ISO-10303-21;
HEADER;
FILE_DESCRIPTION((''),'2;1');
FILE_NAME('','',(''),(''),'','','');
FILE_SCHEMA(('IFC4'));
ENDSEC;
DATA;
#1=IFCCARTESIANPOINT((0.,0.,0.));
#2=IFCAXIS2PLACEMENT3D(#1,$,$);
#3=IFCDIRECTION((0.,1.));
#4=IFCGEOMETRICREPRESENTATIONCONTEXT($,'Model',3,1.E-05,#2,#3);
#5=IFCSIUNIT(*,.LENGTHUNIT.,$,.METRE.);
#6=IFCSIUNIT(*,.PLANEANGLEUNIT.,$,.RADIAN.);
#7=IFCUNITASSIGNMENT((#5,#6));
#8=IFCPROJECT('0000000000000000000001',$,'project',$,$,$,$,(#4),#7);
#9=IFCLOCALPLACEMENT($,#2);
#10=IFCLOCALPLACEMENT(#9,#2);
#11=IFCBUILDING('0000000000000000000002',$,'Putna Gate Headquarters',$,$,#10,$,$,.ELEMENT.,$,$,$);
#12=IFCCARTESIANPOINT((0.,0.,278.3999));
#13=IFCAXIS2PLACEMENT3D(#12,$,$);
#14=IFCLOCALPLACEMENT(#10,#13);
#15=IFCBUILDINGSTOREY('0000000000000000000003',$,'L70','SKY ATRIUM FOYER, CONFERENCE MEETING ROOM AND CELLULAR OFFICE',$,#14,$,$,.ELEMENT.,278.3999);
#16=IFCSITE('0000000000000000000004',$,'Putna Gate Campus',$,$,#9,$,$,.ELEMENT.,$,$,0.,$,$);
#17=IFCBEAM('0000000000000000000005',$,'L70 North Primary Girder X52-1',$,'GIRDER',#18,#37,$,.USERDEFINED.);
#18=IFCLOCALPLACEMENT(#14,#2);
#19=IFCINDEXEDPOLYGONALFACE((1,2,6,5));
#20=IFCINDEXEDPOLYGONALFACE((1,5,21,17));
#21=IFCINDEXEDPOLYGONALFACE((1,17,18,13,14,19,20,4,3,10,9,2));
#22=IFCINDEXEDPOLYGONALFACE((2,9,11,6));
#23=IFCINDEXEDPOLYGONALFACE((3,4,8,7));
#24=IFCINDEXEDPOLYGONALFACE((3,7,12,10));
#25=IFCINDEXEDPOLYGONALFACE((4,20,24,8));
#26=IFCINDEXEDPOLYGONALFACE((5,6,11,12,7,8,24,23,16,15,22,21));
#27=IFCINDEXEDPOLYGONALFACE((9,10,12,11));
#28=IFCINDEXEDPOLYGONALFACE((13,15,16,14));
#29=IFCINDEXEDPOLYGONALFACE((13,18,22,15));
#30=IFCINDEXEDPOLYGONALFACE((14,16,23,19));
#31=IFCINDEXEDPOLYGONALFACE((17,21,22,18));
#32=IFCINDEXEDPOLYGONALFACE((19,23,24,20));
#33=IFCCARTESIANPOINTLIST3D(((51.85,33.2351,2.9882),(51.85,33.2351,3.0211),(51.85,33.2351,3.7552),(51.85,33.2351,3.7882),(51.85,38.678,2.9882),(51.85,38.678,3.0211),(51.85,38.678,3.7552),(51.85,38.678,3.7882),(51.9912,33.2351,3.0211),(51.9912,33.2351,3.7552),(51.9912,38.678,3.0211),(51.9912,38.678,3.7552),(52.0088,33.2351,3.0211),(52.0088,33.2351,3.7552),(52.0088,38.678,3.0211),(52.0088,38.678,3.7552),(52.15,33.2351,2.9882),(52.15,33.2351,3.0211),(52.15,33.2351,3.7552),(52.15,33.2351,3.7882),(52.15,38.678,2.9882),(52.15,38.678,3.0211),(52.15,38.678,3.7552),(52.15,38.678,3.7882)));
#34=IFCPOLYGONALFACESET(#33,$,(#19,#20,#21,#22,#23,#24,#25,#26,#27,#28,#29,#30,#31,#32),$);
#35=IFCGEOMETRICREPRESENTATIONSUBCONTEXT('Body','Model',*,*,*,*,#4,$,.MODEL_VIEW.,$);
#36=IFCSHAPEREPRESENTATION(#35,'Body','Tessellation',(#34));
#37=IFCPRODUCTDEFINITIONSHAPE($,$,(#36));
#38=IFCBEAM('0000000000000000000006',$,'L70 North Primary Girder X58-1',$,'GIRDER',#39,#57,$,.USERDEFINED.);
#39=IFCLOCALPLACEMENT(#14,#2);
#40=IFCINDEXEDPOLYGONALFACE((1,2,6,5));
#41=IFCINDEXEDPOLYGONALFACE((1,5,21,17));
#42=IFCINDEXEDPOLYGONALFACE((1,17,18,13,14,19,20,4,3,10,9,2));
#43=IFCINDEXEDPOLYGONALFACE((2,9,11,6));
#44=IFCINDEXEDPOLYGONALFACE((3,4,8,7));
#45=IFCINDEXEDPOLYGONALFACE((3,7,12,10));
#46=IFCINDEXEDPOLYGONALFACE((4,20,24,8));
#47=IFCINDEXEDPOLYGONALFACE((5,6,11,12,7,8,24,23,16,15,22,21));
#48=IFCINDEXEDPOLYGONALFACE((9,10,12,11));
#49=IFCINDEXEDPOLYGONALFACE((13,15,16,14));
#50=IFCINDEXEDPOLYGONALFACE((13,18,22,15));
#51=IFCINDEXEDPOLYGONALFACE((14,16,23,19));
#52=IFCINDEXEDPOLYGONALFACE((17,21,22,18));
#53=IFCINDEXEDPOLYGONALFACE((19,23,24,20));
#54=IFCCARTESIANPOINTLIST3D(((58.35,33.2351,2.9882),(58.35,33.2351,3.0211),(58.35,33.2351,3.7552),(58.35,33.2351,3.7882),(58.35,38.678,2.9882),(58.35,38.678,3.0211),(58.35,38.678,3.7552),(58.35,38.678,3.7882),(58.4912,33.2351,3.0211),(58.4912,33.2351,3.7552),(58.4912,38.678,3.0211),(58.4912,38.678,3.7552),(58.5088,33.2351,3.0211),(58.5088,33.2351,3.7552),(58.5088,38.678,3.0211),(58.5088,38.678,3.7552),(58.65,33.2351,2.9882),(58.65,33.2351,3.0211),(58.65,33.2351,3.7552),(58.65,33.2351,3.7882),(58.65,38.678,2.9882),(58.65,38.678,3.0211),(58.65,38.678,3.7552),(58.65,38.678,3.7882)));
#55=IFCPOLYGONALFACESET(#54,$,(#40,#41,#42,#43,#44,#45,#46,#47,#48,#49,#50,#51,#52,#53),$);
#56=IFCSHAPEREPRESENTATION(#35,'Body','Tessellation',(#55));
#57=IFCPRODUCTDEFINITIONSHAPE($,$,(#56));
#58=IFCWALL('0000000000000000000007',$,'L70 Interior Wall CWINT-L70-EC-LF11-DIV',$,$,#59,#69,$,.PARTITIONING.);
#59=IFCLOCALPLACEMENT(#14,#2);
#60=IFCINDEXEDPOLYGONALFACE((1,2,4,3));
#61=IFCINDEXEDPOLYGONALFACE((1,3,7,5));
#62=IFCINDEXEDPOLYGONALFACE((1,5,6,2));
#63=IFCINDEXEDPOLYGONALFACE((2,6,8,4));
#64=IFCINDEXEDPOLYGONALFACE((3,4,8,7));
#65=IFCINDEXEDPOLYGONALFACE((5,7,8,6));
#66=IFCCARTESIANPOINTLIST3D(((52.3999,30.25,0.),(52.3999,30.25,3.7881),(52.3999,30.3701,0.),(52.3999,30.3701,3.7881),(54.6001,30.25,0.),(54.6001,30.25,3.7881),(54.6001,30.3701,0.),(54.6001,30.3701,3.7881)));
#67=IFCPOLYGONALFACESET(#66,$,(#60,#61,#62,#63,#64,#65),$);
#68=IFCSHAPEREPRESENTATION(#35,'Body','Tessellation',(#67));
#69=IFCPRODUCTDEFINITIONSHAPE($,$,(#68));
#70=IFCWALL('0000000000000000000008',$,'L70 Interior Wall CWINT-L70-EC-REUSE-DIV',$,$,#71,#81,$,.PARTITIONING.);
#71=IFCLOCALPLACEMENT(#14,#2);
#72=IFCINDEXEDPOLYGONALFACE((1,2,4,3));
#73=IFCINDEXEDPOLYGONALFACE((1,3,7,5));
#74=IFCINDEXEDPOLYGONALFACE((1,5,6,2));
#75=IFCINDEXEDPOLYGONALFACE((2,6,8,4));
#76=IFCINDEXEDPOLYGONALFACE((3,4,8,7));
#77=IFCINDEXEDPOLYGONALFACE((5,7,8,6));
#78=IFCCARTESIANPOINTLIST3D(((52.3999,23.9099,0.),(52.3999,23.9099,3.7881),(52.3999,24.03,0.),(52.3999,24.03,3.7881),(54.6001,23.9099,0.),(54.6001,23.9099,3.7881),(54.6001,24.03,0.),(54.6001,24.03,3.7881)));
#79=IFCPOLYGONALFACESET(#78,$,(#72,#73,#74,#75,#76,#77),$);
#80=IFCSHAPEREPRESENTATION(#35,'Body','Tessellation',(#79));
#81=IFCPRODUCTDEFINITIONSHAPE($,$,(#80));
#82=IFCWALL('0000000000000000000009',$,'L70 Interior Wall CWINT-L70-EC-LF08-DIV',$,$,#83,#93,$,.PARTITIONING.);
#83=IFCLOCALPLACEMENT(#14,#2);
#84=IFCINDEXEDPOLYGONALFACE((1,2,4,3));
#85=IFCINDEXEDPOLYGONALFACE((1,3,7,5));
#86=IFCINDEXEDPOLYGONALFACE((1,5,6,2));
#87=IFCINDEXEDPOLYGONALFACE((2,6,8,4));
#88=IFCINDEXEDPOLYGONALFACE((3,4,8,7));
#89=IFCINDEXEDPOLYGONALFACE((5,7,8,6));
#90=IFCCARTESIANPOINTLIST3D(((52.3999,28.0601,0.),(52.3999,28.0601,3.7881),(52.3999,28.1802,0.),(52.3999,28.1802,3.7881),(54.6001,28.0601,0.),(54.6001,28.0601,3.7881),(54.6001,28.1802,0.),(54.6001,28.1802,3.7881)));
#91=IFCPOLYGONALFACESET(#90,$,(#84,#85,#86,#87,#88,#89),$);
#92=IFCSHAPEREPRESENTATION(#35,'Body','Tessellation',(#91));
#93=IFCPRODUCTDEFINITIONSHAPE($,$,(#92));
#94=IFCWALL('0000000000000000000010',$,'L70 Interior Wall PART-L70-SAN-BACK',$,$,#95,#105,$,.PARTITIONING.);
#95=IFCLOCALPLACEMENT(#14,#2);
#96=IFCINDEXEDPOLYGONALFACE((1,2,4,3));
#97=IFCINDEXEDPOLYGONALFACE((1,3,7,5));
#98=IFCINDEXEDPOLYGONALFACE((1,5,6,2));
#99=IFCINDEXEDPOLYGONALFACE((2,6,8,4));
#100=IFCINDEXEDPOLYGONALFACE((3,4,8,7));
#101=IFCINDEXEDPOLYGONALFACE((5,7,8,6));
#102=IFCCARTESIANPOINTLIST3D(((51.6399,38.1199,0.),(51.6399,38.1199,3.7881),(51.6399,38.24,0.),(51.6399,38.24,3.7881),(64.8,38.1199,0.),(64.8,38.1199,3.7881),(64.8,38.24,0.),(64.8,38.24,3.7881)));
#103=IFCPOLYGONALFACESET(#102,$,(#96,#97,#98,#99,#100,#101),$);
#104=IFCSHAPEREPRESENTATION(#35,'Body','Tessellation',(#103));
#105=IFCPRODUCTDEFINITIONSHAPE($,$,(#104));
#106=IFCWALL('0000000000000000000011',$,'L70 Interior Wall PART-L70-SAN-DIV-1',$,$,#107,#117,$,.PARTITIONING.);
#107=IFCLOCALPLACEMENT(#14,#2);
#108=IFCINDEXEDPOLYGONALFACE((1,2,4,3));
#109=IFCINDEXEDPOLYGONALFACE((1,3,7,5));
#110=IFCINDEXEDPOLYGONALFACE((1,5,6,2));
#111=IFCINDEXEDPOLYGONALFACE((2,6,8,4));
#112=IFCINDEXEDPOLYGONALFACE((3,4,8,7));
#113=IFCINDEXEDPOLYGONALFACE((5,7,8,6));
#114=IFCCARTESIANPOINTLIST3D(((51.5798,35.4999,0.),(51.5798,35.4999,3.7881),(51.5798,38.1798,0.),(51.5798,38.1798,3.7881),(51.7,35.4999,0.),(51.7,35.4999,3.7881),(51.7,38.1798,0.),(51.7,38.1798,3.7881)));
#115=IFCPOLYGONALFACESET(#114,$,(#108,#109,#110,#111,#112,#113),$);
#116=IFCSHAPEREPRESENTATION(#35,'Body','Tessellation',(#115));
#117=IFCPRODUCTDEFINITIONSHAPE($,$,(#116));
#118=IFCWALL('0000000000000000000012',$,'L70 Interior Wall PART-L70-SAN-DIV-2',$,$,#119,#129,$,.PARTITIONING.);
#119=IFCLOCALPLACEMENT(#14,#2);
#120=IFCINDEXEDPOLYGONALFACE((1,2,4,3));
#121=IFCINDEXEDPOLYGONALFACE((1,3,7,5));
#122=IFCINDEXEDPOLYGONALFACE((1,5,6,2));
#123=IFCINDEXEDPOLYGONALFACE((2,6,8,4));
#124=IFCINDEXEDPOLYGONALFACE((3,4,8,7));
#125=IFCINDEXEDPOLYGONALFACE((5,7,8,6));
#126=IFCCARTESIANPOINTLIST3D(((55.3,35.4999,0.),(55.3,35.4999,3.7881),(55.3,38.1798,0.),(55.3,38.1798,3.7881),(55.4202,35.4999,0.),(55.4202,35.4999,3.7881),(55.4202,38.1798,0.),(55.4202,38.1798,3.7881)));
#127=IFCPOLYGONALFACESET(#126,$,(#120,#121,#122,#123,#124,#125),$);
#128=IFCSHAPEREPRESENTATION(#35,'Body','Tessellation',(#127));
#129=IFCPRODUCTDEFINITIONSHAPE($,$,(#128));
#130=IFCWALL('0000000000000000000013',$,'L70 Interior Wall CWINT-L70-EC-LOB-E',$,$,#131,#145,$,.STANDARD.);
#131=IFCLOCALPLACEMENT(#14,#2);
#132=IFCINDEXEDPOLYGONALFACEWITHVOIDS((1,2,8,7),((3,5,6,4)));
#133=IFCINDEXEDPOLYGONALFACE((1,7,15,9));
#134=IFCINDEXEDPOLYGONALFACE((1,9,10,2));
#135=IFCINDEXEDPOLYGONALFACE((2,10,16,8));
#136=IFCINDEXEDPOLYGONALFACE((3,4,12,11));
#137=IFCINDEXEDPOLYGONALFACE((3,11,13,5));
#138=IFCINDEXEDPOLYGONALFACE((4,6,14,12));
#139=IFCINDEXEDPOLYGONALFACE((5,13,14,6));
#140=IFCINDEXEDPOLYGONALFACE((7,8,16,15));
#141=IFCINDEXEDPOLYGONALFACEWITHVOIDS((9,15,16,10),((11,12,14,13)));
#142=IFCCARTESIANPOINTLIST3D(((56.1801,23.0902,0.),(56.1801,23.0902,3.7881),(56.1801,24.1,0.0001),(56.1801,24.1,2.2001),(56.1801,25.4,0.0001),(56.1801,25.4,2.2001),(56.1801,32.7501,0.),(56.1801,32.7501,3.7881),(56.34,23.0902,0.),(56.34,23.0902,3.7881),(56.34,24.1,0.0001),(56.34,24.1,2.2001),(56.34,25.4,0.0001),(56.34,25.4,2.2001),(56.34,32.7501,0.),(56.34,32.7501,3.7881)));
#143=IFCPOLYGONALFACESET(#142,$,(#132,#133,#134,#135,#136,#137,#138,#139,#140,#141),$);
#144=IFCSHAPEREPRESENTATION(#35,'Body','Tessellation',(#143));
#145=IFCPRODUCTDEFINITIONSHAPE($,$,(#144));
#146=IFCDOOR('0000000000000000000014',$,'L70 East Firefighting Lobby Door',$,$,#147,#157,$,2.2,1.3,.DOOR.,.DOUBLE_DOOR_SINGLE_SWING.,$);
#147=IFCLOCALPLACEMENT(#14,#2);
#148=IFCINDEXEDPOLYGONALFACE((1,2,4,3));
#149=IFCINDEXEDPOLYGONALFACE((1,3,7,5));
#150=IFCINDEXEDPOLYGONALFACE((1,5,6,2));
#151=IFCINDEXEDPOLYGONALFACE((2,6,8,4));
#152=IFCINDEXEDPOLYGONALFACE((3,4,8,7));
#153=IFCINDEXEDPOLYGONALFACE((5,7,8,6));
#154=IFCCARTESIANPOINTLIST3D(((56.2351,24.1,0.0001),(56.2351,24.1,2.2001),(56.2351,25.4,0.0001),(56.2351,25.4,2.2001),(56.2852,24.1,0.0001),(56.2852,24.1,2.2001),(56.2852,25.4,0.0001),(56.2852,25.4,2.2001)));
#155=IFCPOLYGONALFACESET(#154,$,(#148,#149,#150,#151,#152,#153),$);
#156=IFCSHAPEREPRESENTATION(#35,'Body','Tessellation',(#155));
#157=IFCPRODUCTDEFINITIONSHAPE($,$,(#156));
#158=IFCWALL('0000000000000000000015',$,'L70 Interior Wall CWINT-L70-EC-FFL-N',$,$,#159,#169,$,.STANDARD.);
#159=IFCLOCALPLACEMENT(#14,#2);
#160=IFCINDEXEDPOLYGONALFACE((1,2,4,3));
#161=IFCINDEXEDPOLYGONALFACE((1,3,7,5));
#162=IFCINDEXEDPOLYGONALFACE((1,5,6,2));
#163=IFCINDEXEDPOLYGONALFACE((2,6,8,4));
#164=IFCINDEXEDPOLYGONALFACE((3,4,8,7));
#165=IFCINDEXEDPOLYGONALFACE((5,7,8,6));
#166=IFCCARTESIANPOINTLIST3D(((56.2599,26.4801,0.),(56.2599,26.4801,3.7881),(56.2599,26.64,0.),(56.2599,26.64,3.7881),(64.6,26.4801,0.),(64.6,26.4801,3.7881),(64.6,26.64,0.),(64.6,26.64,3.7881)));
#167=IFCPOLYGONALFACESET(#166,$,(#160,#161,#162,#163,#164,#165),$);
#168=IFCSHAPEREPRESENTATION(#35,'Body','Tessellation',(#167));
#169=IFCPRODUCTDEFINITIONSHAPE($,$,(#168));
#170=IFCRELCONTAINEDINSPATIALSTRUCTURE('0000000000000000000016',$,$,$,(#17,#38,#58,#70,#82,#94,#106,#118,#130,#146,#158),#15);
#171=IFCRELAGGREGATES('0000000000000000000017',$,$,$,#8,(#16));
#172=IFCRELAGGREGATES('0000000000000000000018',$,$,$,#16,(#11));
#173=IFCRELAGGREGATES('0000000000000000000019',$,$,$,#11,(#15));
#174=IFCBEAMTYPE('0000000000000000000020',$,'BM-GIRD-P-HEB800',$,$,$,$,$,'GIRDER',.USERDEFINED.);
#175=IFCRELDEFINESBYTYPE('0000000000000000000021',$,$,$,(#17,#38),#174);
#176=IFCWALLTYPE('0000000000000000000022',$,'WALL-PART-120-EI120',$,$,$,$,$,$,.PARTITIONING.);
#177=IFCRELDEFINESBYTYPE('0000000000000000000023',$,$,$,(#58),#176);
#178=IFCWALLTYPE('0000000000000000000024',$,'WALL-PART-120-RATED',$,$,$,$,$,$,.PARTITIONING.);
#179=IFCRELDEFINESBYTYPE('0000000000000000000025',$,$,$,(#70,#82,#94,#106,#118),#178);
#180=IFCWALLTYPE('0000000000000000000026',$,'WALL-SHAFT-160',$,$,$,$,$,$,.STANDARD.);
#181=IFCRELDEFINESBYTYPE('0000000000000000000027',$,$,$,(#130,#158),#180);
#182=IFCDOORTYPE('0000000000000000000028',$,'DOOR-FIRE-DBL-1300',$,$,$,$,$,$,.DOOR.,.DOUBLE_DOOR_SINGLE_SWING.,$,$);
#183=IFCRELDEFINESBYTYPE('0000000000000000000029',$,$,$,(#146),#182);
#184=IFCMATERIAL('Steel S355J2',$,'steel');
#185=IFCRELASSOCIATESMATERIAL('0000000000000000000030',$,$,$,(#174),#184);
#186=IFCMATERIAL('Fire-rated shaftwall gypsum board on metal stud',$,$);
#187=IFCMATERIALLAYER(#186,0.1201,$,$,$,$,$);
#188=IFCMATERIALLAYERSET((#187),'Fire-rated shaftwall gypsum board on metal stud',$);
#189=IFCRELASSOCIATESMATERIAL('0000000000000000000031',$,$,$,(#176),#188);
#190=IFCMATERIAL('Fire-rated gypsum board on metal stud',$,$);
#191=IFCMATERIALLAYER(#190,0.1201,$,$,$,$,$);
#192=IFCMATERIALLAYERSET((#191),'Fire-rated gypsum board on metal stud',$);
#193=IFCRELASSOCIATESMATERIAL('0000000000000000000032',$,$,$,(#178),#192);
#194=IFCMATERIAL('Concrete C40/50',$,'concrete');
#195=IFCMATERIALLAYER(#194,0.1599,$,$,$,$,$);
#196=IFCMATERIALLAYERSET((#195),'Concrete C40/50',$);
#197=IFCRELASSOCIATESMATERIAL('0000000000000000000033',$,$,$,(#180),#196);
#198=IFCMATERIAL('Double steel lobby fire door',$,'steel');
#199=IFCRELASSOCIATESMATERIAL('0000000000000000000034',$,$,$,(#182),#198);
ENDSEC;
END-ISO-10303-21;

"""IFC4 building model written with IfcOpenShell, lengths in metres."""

from ifc_helpers import new_model, si_unit, direction, frame, frame_2d, origin, origin_2d, place, context, subcontext, project, spatial, rectangle, i_section, extrude, material, layer, layer_set, material_profile, profile_set, type_object, element, fill, save


model = new_model("IFC4")

# Units and contexts
model_context = context("Model", 3, precision=1e-05, world=origin(), true_north=direction((0.0, 1.0)))
body_context = subcontext(model_context, "Body", "Model", "MODEL_VIEW")
ifc_project = project(units=[si_unit("LENGTHUNIT", "METRE"), si_unit("PLANEANGLEUNIT", "RADIAN")], contexts=[model_context])

# Site, building, storey
site_placement = place(None, origin())
site = spatial("IfcSite", under=ifc_project, at=site_placement, Name="Putna Gate Campus", CompositionType="ELEMENT", RefElevation=0.0)
building_placement = place(site_placement, origin())
building = spatial("IfcBuilding", under=site, at=building_placement, Name="Putna Gate Headquarters", CompositionType="ELEMENT")
storey_placement = place(building_placement, frame((0.0, 0.0, 278.3999)))
storey = spatial("IfcBuildingStorey", under=building, at=storey_placement, Name="L70", Description="SKY ATRIUM FOYER, CONFERENCE MEETING ROOM AND CELLULAR OFFICE", CompositionType="ELEMENT", Elevation=278.3999)

# Beams
ifc_material_1 = material(Name="Steel S355J2", Category="steel")
ifc_material_profile = material_profile(ifc_material_1, i_section(OverallWidth=0.3, OverallDepth=0.8, WebThickness=0.0176, FlangeThickness=0.033, at=origin_2d()), Name="Steel S355J2")
ifc_profile_set = profile_set([ifc_material_profile], Name="Steel S355J2")
beam_type = type_object("IfcBeamType", Name="BM-GIRD-P-HEB800", ElementType="GIRDER", PredefinedType="USERDEFINED", material=ifc_profile_set)
for number, where, z_axis, x_axis, name in (
    (1, (52.0, 33.2351, 3.3882), (0.0, 1.0, 0.0), (-1.0, 0.0, 0.0), "L70 North Primary Girder X52-1"),
    (2, (58.5, 33.2351, 3.3882), (0.0, 1.0, 0.0), (-1.0, 0.0, 0.0), "L70 North Primary Girder X58-1"),
):
    element("IfcBeam", number, at=place(storey_placement, frame(where, z_axis=z_axis, x_axis=x_axis)), inside=storey, type_object=beam_type, Name=name, ObjectType="GIRDER", PredefinedType="USERDEFINED", context=body_context, shape_type="SweptSolid", body=[
        extrude(i_section(OverallWidth=0.3, OverallDepth=0.8, WebThickness=0.0176, FlangeThickness=0.033, at=origin_2d()), origin(), (0.0, 0.0, 1.0), 5.4429),
    ])

# Walls
ifc_material_2 = material(Name="Fire-rated shaftwall gypsum board on metal stud")
ifc_layer_1 = layer(ifc_material_2, 0.1201)
ifc_layer_set_1 = layer_set([ifc_layer_1], Name="Fire-rated shaftwall gypsum board on metal stud")
wall_type_1 = type_object("IfcWallType", Name="WALL-PART-120-EI120", PredefinedType="PARTITIONING", material=ifc_layer_set_1)
wall_1_placement = place(storey_placement, frame((52.3999, 30.3101, 0.0), z_axis=(0.0, 0.0, 1.0), x_axis=(1.0, 0.0, 0.0)))
element("IfcWall", 3, at=wall_1_placement, inside=storey, type_object=wall_type_1, Name="L70 Interior Wall CWINT-L70-EC-LF11-DIV", PredefinedType="PARTITIONING", context=body_context, shape_type="SweptSolid", body=[
    extrude(rectangle(XDim=2.2002, YDim=0.1201, at=frame_2d((1.1001, 0.0))), origin(), (0.0, 0.0, 1.0), 3.7881),
])
ifc_material_3 = material(Name="Fire-rated gypsum board on metal stud")
ifc_layer_2 = layer(ifc_material_3, 0.1201)
ifc_layer_set_2 = layer_set([ifc_layer_2], Name="Fire-rated gypsum board on metal stud")
wall_type_2 = type_object("IfcWallType", Name="WALL-PART-120-RATED", PredefinedType="PARTITIONING", material=ifc_layer_set_2)
for number, where, z_axis, x_axis, name in (
    (4, (52.3999, 23.97, 0.0), (0.0, 0.0, 1.0), (1.0, 0.0, 0.0), "L70 Interior Wall CWINT-L70-EC-REUSE-DIV"),
    (5, (52.3999, 28.1201, 0.0), (0.0, 0.0, 1.0), (1.0, 0.0, 0.0), "L70 Interior Wall CWINT-L70-EC-LF08-DIV"),
):
    element("IfcWall", number, at=place(storey_placement, frame(where, z_axis=z_axis, x_axis=x_axis)), inside=storey, type_object=wall_type_2, Name=name, PredefinedType="PARTITIONING", context=body_context, shape_type="SweptSolid", body=[
        extrude(rectangle(XDim=2.2002, YDim=0.1201, at=frame_2d((1.1001, 0.0))), origin(), (0.0, 0.0, 1.0), 3.7881),
    ])
wall_2_placement = place(storey_placement, frame((51.6399, 38.1799, 0.0), z_axis=(0.0, 0.0, 1.0), x_axis=(1.0, 0.0, 0.0)))
element("IfcWall", 6, at=wall_2_placement, inside=storey, type_object=wall_type_2, Name="L70 Interior Wall PART-L70-SAN-BACK", PredefinedType="PARTITIONING", context=body_context, shape_type="SweptSolid", body=[
    extrude(rectangle(XDim=13.1602, YDim=0.1201, at=frame_2d((6.5801, 0.0))), origin(), (0.0, 0.0, 1.0), 3.7881),
])
for number, where, z_axis, x_axis, name in (
    (7, (51.6399, 35.5, 0.0), (0.0, 0.0, 1.0), (0.0, 1.0, 0.0), "L70 Interior Wall PART-L70-SAN-DIV-1"),
    (8, (55.3601, 35.5, 0.0), (0.0, 0.0, 1.0), (0.0, 1.0, 0.0), "L70 Interior Wall PART-L70-SAN-DIV-2"),
):
    element("IfcWall", number, at=place(storey_placement, frame(where, z_axis=z_axis, x_axis=x_axis)), inside=storey, type_object=wall_type_2, Name=name, PredefinedType="PARTITIONING", context=body_context, shape_type="SweptSolid", body=[
        extrude(rectangle(XDim=2.6799, YDim=0.1201, at=frame_2d((1.3398, 0.0))), origin(), (0.0, 0.0, 1.0), 3.7881),
    ])

# Wall, opening, door
ifc_material_4 = material(Name="Concrete C40/50", Category="concrete")
ifc_layer_3 = layer(ifc_material_4, 0.1599)
ifc_layer_set_3 = layer_set([ifc_layer_3], Name="Concrete C40/50")
wall_type_3 = type_object("IfcWallType", Name="WALL-SHAFT-160", PredefinedType="STANDARD", material=ifc_layer_set_3)
wall_3_placement = place(storey_placement, frame((56.26, 23.0901, 0.0), z_axis=(0.0, 0.0, 1.0), x_axis=(0.0, 1.0, 0.0)))
wall_3 = element("IfcWall", 9, at=wall_3_placement, inside=storey, type_object=wall_type_3, Name="L70 Interior Wall CWINT-L70-EC-LOB-E", PredefinedType="STANDARD", context=body_context, shape_type="SweptSolid", body=[
    extrude(rectangle(XDim=9.6599, YDim=0.1599, at=frame_2d((4.8301, 0.0))), origin(), (0.0, 0.0, 1.0), 3.7881),
])
opening_1_placement = place(wall_3_placement, frame((1.01, 0.0, 0.0)))
opening_1 = element("IfcOpeningElement", 10, at=opening_1_placement, cuts=wall_3, PredefinedType="OPENING", context=body_context, shape_type="SweptSolid", body=[
    extrude(rectangle(XDim=1.3, YDim=2.2, at=frame_2d((0.6499, 1.1001))), frame((0.0, 0.0898, 0.0), z_axis=(0.0, -1.0, 0.0), x_axis=(1.0, 0.0, 0.0)), (0.0, 0.0, 1.0), 0.1799),
])
ifc_material_5 = material(Name="Double steel lobby fire door", Category="steel")
door_type_1 = type_object("IfcDoorType", Name="DOOR-FIRE-DBL-1300", OperationType="DOUBLE_DOOR_SINGLE_SWING", PredefinedType="DOOR", material=ifc_material_5)
door_1_placement = place(opening_1_placement, origin())
door_1 = element("IfcDoor", 11, at=door_1_placement, inside=storey, type_object=door_type_1, Name="L70 East Firefighting Lobby Door", OperationType="DOUBLE_DOOR_SINGLE_SWING", OverallHeight=2.2, OverallWidth=1.3, PredefinedType="DOOR", context=body_context, shape_type="SweptSolid", body=[
    extrude(rectangle(XDim=1.3, YDim=2.2, at=frame_2d((0.6499, 1.1001))), frame((0.0, 0.0249, 0.0), z_axis=(0.0, -1.0, 0.0), x_axis=(1.0, 0.0, 0.0)), (0.0, 0.0, 1.0), 0.05),
])
fill(opening_1, door_1)

# Wall
wall_4_placement = place(storey_placement, frame((56.26, 26.5601, 0.0), z_axis=(0.0, 0.0, 1.0), x_axis=(1.0, 0.0, 0.0)))
element("IfcWall", 12, at=wall_4_placement, inside=storey, type_object=wall_type_3, Name="L70 Interior Wall CWINT-L70-EC-FFL-N", PredefinedType="STANDARD", context=body_context, shape_type="SweptSolid", body=[
    extrude(rectangle(XDim=8.3401, YDim=0.1599, at=frame_2d((4.1699, 0.0))), origin(), (0.0, 0.0, 1.0), 3.7881),
])

save(model, "model.ifc")
